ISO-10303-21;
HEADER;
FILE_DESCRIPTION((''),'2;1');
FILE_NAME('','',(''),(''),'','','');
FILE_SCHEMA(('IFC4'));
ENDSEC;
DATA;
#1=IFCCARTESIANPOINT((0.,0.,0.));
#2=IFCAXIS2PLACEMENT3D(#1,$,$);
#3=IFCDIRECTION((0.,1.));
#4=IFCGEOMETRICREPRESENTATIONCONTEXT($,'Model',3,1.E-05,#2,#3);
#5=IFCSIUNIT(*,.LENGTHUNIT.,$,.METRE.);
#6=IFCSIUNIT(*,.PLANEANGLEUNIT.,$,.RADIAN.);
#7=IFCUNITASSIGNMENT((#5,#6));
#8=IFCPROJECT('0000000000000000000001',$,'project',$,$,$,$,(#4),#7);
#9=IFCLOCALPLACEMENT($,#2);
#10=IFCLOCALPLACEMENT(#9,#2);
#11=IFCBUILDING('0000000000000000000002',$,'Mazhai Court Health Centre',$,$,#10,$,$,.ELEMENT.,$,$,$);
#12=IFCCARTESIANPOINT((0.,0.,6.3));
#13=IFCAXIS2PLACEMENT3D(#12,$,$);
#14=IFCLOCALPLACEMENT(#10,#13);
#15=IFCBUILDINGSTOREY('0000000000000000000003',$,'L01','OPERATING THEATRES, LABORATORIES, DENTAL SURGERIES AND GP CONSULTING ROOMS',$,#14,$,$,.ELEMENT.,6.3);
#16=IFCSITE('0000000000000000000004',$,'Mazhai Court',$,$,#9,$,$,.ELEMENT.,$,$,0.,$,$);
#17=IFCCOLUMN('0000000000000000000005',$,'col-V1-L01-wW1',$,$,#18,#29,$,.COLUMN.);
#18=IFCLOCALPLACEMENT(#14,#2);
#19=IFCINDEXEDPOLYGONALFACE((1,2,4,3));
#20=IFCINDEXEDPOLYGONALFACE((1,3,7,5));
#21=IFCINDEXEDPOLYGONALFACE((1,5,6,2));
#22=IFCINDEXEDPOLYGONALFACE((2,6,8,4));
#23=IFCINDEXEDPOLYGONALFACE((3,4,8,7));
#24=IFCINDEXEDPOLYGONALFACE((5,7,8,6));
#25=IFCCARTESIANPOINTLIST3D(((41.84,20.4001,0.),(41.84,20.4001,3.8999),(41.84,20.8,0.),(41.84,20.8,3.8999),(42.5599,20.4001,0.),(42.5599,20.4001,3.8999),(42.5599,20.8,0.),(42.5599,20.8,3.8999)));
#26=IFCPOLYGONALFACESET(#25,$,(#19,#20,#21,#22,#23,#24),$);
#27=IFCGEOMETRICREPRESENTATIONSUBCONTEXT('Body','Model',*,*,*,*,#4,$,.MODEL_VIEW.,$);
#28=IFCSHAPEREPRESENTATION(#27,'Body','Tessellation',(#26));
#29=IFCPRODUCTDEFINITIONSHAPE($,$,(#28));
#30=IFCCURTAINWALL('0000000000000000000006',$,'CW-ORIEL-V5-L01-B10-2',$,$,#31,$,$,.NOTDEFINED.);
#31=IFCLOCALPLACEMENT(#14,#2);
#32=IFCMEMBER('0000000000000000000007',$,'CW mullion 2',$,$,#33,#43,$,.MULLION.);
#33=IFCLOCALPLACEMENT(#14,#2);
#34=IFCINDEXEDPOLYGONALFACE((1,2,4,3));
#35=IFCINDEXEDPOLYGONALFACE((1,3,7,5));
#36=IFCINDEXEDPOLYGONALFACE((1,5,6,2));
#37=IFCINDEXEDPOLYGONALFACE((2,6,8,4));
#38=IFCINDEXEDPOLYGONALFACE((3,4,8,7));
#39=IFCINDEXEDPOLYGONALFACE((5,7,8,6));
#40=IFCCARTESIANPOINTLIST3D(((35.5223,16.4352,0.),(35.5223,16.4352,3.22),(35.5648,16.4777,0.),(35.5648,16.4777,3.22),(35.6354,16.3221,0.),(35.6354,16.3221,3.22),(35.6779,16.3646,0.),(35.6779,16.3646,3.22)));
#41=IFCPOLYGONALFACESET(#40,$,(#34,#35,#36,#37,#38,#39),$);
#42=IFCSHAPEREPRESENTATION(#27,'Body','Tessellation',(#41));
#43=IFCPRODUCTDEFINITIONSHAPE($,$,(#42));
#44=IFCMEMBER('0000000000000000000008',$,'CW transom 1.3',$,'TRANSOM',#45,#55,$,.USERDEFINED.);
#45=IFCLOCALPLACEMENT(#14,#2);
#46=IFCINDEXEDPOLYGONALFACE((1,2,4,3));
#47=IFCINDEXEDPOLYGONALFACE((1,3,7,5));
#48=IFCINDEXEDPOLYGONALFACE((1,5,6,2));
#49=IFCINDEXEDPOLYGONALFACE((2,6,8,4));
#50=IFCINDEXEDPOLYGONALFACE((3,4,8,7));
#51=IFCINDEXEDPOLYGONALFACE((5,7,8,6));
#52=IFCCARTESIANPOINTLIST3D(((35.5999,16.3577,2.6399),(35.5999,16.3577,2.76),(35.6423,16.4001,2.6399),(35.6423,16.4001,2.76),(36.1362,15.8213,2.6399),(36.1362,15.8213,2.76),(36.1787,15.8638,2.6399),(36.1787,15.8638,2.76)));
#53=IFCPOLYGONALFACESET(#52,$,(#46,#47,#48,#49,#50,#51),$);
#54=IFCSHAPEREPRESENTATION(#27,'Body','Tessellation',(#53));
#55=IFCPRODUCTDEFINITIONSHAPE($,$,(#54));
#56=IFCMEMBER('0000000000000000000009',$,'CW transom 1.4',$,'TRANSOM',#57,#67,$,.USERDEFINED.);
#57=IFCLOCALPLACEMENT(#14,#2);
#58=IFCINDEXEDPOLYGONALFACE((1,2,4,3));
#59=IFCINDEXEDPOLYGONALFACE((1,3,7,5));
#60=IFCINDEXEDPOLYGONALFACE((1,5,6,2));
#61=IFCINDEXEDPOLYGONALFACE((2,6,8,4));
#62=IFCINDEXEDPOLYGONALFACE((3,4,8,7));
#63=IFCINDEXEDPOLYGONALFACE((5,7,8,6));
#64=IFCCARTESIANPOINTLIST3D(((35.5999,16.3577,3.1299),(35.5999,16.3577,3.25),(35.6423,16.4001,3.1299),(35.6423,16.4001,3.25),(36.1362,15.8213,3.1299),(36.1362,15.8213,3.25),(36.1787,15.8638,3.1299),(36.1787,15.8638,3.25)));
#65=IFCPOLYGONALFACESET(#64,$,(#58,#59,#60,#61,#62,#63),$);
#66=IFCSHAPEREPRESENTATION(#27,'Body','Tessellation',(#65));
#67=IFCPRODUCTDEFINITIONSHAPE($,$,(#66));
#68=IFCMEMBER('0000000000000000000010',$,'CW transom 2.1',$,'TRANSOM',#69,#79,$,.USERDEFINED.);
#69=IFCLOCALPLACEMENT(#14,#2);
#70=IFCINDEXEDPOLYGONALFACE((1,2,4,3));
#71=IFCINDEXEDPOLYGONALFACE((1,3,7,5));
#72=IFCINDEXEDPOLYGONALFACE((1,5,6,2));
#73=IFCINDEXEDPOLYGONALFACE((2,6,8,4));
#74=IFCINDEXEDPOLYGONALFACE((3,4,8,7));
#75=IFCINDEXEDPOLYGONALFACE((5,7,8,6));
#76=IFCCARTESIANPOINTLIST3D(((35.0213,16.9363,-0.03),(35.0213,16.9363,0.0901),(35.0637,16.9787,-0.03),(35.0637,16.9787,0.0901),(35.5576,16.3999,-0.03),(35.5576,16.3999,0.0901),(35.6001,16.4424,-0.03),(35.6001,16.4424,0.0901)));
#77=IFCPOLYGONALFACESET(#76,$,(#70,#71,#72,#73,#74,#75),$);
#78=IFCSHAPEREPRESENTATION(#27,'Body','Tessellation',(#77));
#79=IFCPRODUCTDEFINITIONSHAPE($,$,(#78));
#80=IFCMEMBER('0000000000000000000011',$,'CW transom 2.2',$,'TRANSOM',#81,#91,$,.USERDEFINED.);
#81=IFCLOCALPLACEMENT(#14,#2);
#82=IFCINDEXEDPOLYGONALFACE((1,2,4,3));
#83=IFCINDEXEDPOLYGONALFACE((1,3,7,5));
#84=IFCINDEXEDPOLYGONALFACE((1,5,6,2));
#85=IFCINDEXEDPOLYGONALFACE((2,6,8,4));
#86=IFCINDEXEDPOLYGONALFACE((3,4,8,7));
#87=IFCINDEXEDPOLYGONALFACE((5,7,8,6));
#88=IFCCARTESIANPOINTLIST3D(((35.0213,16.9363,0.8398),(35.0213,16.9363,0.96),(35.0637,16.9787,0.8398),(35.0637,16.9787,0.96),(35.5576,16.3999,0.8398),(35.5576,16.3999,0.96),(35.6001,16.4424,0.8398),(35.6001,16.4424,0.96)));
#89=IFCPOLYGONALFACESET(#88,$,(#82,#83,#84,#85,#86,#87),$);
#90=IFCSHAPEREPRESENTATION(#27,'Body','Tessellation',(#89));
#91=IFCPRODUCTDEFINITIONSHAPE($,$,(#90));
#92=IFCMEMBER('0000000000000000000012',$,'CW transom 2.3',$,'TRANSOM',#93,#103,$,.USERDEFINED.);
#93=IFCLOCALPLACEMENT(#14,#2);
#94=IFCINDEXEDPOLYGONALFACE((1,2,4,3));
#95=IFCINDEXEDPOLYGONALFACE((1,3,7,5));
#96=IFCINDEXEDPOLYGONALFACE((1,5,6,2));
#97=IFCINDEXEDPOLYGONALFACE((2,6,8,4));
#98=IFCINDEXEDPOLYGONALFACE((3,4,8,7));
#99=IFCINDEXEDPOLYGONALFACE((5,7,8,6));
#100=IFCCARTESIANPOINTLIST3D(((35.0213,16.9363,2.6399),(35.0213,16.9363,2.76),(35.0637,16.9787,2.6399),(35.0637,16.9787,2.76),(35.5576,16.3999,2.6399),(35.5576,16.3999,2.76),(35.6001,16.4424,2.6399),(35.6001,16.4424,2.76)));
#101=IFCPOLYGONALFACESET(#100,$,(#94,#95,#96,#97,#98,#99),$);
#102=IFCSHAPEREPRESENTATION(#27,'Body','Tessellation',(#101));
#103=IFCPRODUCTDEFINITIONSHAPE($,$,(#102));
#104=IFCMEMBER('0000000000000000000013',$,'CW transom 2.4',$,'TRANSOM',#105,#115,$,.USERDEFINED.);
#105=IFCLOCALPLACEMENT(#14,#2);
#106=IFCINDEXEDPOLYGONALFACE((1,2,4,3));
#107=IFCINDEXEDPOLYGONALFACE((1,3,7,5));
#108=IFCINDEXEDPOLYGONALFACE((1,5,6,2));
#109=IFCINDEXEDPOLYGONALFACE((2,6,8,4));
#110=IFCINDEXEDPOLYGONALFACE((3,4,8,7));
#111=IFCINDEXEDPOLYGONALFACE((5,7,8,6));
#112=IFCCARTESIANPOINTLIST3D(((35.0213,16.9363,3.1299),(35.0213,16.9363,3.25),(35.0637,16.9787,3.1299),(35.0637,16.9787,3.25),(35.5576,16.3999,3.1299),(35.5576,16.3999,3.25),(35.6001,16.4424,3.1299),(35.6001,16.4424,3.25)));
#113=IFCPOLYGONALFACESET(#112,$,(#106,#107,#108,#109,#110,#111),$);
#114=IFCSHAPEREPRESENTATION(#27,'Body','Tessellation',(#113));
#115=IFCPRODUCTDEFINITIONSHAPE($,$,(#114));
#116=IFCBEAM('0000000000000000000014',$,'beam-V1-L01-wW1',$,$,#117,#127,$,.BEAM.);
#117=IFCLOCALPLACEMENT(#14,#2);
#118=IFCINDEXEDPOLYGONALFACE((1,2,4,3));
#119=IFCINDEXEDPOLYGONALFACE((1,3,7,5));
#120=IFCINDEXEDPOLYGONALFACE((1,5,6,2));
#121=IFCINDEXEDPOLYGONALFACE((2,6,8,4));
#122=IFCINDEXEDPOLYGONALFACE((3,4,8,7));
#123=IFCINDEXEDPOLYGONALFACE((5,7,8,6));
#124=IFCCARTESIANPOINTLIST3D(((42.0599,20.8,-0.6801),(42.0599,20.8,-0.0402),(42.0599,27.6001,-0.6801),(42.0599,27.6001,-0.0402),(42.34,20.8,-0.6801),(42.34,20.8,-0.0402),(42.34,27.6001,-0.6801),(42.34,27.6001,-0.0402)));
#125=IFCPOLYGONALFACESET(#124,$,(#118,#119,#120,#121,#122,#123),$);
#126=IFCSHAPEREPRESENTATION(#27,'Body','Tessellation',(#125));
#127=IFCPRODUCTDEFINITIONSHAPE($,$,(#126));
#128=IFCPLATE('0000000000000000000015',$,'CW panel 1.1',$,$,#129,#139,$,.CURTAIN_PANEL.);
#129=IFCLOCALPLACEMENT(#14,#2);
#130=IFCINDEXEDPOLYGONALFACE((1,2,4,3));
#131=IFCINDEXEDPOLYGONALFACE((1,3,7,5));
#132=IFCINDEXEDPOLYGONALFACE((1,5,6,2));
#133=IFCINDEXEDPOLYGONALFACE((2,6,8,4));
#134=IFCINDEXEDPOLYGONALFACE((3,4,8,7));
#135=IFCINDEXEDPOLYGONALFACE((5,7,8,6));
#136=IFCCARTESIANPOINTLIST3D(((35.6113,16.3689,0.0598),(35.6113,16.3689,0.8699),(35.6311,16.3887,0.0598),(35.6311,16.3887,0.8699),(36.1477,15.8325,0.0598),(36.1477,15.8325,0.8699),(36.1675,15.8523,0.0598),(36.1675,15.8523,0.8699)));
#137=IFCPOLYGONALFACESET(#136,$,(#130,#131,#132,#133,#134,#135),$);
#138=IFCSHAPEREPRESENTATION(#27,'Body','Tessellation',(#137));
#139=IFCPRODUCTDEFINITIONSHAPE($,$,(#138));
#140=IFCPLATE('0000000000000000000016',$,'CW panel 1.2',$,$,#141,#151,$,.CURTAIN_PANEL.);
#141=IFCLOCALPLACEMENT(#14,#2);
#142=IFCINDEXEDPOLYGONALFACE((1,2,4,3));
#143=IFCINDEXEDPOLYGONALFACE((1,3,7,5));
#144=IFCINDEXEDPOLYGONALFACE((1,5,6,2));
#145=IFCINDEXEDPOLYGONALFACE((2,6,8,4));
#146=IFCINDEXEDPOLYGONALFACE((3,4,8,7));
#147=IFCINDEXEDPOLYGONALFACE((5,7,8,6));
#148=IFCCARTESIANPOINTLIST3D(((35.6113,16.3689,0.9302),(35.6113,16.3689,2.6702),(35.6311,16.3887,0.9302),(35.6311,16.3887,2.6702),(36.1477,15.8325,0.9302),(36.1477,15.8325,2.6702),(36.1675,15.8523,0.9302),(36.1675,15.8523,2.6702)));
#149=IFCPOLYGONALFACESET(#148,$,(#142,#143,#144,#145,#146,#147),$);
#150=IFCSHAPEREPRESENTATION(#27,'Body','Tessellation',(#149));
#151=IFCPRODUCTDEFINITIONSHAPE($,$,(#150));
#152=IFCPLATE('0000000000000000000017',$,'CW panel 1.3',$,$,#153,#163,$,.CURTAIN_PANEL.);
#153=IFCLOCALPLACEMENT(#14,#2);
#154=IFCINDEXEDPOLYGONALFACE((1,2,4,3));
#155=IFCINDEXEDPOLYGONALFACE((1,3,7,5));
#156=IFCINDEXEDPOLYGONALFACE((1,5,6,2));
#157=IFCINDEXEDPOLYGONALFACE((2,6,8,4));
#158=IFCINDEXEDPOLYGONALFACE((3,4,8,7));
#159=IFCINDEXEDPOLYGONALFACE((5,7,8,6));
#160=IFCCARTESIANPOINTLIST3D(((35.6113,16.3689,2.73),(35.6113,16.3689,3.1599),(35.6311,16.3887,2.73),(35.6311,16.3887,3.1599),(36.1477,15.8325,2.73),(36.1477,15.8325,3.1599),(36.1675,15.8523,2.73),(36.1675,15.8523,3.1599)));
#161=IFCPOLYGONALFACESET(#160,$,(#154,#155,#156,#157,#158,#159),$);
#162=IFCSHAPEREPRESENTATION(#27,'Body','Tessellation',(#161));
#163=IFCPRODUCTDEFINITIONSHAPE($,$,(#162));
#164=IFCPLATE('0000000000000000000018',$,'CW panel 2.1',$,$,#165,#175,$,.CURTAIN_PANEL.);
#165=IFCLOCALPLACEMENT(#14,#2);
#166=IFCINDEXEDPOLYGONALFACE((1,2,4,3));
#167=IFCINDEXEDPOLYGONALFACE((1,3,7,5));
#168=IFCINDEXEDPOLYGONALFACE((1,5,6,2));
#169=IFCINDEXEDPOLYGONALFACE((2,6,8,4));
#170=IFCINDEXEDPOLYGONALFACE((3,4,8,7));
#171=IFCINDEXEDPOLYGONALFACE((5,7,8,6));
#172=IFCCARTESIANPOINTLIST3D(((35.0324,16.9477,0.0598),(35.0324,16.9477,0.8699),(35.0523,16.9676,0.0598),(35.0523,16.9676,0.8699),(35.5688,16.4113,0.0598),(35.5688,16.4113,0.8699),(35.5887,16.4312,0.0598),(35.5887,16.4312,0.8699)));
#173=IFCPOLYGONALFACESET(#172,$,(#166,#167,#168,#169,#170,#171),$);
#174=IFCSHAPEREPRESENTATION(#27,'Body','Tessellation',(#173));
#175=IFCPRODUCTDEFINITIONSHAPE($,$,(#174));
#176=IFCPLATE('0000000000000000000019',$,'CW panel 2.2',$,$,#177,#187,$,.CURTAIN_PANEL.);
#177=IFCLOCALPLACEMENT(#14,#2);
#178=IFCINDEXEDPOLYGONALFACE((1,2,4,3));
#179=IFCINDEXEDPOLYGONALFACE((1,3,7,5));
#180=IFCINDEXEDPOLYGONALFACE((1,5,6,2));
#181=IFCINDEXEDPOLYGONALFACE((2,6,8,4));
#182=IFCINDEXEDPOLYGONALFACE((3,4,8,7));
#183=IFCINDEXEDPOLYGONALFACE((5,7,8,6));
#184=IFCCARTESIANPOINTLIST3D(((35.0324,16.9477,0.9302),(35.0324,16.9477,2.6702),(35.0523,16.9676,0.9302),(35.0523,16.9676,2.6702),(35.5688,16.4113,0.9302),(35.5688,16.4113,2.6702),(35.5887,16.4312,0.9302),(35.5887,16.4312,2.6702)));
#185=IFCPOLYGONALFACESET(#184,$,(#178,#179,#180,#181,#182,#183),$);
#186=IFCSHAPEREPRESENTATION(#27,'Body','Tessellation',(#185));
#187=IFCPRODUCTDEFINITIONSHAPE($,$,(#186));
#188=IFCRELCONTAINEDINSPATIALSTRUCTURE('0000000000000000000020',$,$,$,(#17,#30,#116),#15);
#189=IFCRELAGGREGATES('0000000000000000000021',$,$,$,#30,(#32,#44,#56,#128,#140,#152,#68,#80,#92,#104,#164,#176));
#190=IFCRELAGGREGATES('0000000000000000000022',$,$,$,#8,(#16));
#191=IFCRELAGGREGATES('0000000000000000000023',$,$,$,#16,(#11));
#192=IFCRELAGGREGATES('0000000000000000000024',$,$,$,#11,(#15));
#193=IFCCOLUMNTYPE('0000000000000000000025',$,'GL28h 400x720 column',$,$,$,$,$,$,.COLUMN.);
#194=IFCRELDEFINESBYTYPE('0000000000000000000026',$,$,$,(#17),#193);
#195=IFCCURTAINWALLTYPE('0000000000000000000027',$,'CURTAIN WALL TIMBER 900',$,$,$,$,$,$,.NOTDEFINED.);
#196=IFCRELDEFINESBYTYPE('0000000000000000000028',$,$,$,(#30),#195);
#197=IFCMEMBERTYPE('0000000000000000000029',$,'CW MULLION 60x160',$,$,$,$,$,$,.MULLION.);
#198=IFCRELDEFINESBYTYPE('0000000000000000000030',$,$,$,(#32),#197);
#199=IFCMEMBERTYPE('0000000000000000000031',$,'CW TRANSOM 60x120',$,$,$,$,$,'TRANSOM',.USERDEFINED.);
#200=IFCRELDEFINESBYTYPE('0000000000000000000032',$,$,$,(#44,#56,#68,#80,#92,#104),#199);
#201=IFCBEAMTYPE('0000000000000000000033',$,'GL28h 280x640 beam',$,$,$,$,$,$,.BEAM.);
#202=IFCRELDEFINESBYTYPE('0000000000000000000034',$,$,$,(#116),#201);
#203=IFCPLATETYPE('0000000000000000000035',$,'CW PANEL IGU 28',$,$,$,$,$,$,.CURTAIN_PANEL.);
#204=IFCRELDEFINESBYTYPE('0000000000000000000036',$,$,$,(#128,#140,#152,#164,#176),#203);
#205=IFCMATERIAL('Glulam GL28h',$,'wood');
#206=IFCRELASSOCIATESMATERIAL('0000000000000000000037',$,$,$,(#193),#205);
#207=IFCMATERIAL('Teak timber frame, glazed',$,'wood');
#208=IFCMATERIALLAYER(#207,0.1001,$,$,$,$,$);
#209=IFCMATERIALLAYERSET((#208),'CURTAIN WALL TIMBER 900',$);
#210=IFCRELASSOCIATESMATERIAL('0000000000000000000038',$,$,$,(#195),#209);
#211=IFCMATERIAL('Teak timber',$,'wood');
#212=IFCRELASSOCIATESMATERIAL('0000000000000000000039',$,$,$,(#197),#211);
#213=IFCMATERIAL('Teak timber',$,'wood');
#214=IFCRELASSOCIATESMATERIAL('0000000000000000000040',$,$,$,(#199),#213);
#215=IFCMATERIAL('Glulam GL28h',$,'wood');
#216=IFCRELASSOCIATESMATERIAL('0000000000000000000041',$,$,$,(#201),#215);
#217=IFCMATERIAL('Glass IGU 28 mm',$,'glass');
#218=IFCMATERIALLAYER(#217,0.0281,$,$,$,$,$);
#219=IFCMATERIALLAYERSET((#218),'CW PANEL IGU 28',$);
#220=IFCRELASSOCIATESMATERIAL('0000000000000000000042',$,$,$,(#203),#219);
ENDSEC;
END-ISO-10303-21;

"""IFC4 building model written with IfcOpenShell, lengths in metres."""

from ifc_helpers import new_model, si_unit, direction, frame, origin, origin_2d, place, context, subcontext, project, spatial, rectangle, extrude, material, layer, layer_set, material_profile, profile_set, type_object, element, aggregate, save


model = new_model("IFC4")

# Units and contexts
model_context = context("Model", 3, precision=1e-05, world=origin(), true_north=direction((0.0, 1.0)))
body_context = subcontext(model_context, "Body", "Model", "MODEL_VIEW")
ifc_project = project(units=[si_unit("LENGTHUNIT", "METRE"), si_unit("PLANEANGLEUNIT", "RADIAN")], contexts=[model_context])

# Site, building, storey
site_placement = place(None, origin())
site = spatial("IfcSite", under=ifc_project, at=site_placement, Name="Mazhai Court", CompositionType="ELEMENT", RefElevation=0.0)
building_placement = place(site_placement, origin())
building = spatial("IfcBuilding", under=site, at=building_placement, Name="Mazhai Court Health Centre", CompositionType="ELEMENT")
storey_placement = place(building_placement, frame((0.0, 0.0, 6.3)))
storey = spatial("IfcBuildingStorey", under=building, at=storey_placement, Name="L01", Description="OPERATING THEATRES, LABORATORIES, DENTAL SURGERIES AND GP CONSULTING ROOMS", CompositionType="ELEMENT", Elevation=6.3)

# Column
ifc_material_1 = material(Name="Glulam GL28h", Category="wood")
ifc_material_profile_1 = material_profile(ifc_material_1, rectangle(XDim=0.3999, YDim=0.72, at=origin_2d()), Name="GL28h 400x720")
ifc_profile_set_1 = profile_set([ifc_material_profile_1], Name="Glulam GL28h")
column_type = type_object("IfcColumnType", Name="GL28h 400x720 column", PredefinedType="COLUMN", material=ifc_profile_set_1)
column_placement = place(storey_placement, frame((42.2, 20.6001, 0.0), z_axis=(0.0, 0.0, 1.0), x_axis=(0.0, 1.0, 0.0)))
element("IfcColumn", 1, at=column_placement, inside=storey, type_object=column_type, Name="col-V1-L01-wW1", PredefinedType="COLUMN", context=body_context, shape_type="SweptSolid", body=[
    extrude(rectangle(XDim=0.3999, YDim=0.72, at=origin_2d()), origin(), (0.0, 0.0, 1.0), 3.8999),
])

# Curtain wall, members
ifc_material_2 = material(Name="Teak timber frame, glazed", Category="wood")
ifc_layer_1 = layer(ifc_material_2, 0.1001)
ifc_layer_set_1 = layer_set([ifc_layer_1], Name="CURTAIN WALL TIMBER 900")
curtain_wall_type_1 = type_object("IfcCurtainWallType", Name="CURTAIN WALL TIMBER 900", PredefinedType="NOTDEFINED", material=ifc_layer_set_1)
curtain_wall_1_placement = place(storey_placement, origin())
curtain_wall_1 = element("IfcCurtainWall", 2, at=curtain_wall_1_placement, inside=storey, type_object=curtain_wall_type_1, Name="CW-ORIEL-V5-L01-B10-2", PredefinedType="NOTDEFINED")
ifc_material_3 = material(Name="Teak timber", Category="wood")
ifc_material_profile_2 = material_profile(ifc_material_3, rectangle(XDim=0.0601, YDim=0.1599, at=origin_2d()), Name="CW MULLION 60x160")
ifc_profile_set_2 = profile_set([ifc_material_profile_2], Name="Teak timber")
member_type_1 = type_object("IfcMemberType", Name="CW MULLION 60x160", PredefinedType="MULLION", material=ifc_profile_set_2)
member_1_placement = place(storey_placement, frame((35.6001, 16.3999, 0.0), z_axis=(0.0, 0.0, 1.0), x_axis=(-0.707107, -0.707107, 0.0)))
member_1 = element("IfcMember", 3, at=member_1_placement, type_object=member_type_1, Name="CW mullion 2", PredefinedType="MULLION", context=body_context, shape_type="SweptSolid", body=[
    extrude(rectangle(XDim=0.0601, YDim=0.1599, at=origin_2d()), origin(), (0.0, 0.0, 1.0), 3.22),
])
ifc_material_4 = material(Name="Teak timber", Category="wood")
ifc_material_profile_3 = material_profile(ifc_material_4, rectangle(XDim=0.0601, YDim=0.1201, at=origin_2d()), Name="CW TRANSOM 60x120")
ifc_profile_set_3 = profile_set([ifc_material_profile_3], Name="Teak timber")
member_type_2 = type_object("IfcMemberType", Name="CW TRANSOM 60x120", ElementType="TRANSOM", PredefinedType="USERDEFINED", material=ifc_profile_set_3)
member_2_placement = place(storey_placement, frame((36.1575, 15.8425, 2.7), z_axis=(-0.707107, 0.707107, 0.0), x_axis=(-0.707107, -0.707107, 0.0)))
member_2 = element("IfcMember", 4, at=member_2_placement, type_object=member_type_2, Name="CW transom 1.3", ObjectType="TRANSOM", PredefinedType="USERDEFINED", context=body_context, shape_type="SweptSolid", body=[
    extrude(rectangle(XDim=0.0601, YDim=0.1201, at=origin_2d()), origin(), (0.0, 0.0, 1.0), 0.7585),
])
member_3_placement = place(storey_placement, frame((36.1575, 15.8425, 3.1899), z_axis=(-0.707107, 0.707107, 0.0), x_axis=(-0.707107, -0.707107, 0.0)))
member_3 = element("IfcMember", 5, at=member_3_placement, type_object=member_type_2, Name="CW transom 1.4", ObjectType="TRANSOM", PredefinedType="USERDEFINED", context=body_context, shape_type="SweptSolid", body=[
    extrude(rectangle(XDim=0.0601, YDim=0.1201, at=origin_2d()), origin(), (0.0, 0.0, 1.0), 0.7585),
])
member_4_placement = place(storey_placement, frame((35.5789, 16.4211, 0.03), z_axis=(-0.707107, 0.707107, 0.0), x_axis=(-0.707107, -0.707107, 0.0)))
member_4 = element("IfcMember", 6, at=member_4_placement, type_object=member_type_2, Name="CW transom 2.1", ObjectType="TRANSOM", PredefinedType="USERDEFINED", context=body_context, shape_type="SweptSolid", body=[
    extrude(rectangle(XDim=0.0601, YDim=0.1201, at=origin_2d()), origin(), (0.0, 0.0, 1.0), 0.7585),
])
member_5_placement = place(storey_placement, frame((35.5789, 16.4211, 0.8999), z_axis=(-0.707107, 0.707107, 0.0), x_axis=(-0.707107, -0.707107, 0.0)))
member_5 = element("IfcMember", 7, at=member_5_placement, type_object=member_type_2, Name="CW transom 2.2", ObjectType="TRANSOM", PredefinedType="USERDEFINED", context=body_context, shape_type="SweptSolid", body=[
    extrude(rectangle(XDim=0.0601, YDim=0.1201, at=origin_2d()), origin(), (0.0, 0.0, 1.0), 0.7585),
])
member_6_placement = place(storey_placement, frame((35.5789, 16.4211, 2.7), z_axis=(-0.707107, 0.707107, 0.0), x_axis=(-0.707107, -0.707107, 0.0)))
member_6 = element("IfcMember", 8, at=member_6_placement, type_object=member_type_2, Name="CW transom 2.3", ObjectType="TRANSOM", PredefinedType="USERDEFINED", context=body_context, shape_type="SweptSolid", body=[
    extrude(rectangle(XDim=0.0601, YDim=0.1201, at=origin_2d()), origin(), (0.0, 0.0, 1.0), 0.7585),
])
member_7_placement = place(storey_placement, frame((35.5789, 16.4211, 3.1899), z_axis=(-0.707107, 0.707107, 0.0), x_axis=(-0.707107, -0.707107, 0.0)))
member_7 = element("IfcMember", 9, at=member_7_placement, type_object=member_type_2, Name="CW transom 2.4", ObjectType="TRANSOM", PredefinedType="USERDEFINED", context=body_context, shape_type="SweptSolid", body=[
    extrude(rectangle(XDim=0.0601, YDim=0.1201, at=origin_2d()), origin(), (0.0, 0.0, 1.0), 0.7585),
])

# Beam
ifc_material_5 = material(Name="Glulam GL28h", Category="wood")
ifc_material_profile_4 = material_profile(ifc_material_5, rectangle(XDim=0.28, YDim=0.6399, at=origin_2d()), Name="GL28h 280x640")
ifc_profile_set_4 = profile_set([ifc_material_profile_4], Name="Glulam GL28h")
beam_type = type_object("IfcBeamType", Name="GL28h 280x640 beam", PredefinedType="BEAM", material=ifc_profile_set_4)
beam_placement = place(storey_placement, frame((42.2, 20.8, -0.3601), z_axis=(0.0, 1.0, 0.0), x_axis=(-1.0, 0.0, 0.0)))
element("IfcBeam", 10, at=beam_placement, inside=storey, type_object=beam_type, Name="beam-V1-L01-wW1", PredefinedType="BEAM", context=body_context, shape_type="SweptSolid", body=[
    extrude(rectangle(XDim=0.28, YDim=0.6399, at=origin_2d()), origin(), (0.0, 0.0, 1.0), 6.8),
])

# Plates
ifc_material_6 = material(Name="Glass IGU 28 mm", Category="glass")
ifc_layer_2 = layer(ifc_material_6, 0.0281)
ifc_layer_set_2 = layer_set([ifc_layer_2], Name="CW PANEL IGU 28")
plate_type = type_object("IfcPlateType", Name="CW PANEL IGU 28", PredefinedType="CURTAIN_PANEL", material=ifc_layer_set_2)
plate_1_placement = place(storey_placement, frame((35.8894, 16.1106, 0.0598), z_axis=(0.0, 0.0, 1.0), x_axis=(-0.707107, 0.707107, 0.0)))
plate_1 = element("IfcPlate", 11, at=plate_1_placement, type_object=plate_type, Name="CW panel 1.1", PredefinedType="CURTAIN_PANEL", context=body_context, shape_type="SweptSolid", body=[
    extrude(rectangle(XDim=0.7585, YDim=0.0281, at=origin_2d()), origin(), (0.0, 0.0, 1.0), 0.8101),
])
plate_2_placement = place(storey_placement, frame((35.8894, 16.1106, 0.9302), z_axis=(0.0, 0.0, 1.0), x_axis=(-0.707107, 0.707107, 0.0)))
plate_2 = element("IfcPlate", 12, at=plate_2_placement, type_object=plate_type, Name="CW panel 1.2", PredefinedType="CURTAIN_PANEL", context=body_context, shape_type="SweptSolid", body=[
    extrude(rectangle(XDim=0.7585, YDim=0.0281, at=origin_2d()), origin(), (0.0, 0.0, 1.0), 1.74),
])
plate_3_placement = place(storey_placement, frame((35.8894, 16.1106, 2.73), z_axis=(0.0, 0.0, 1.0), x_axis=(-0.707107, 0.707107, 0.0)))
plate_3 = element("IfcPlate", 13, at=plate_3_placement, type_object=plate_type, Name="CW panel 1.3", PredefinedType="CURTAIN_PANEL", context=body_context, shape_type="SweptSolid", body=[
    extrude(rectangle(XDim=0.7585, YDim=0.0281, at=origin_2d()), origin(), (0.0, 0.0, 1.0), 0.4299),
])
plate_4_placement = place(storey_placement, frame((35.3105, 16.6895, 0.0598), z_axis=(0.0, 0.0, 1.0), x_axis=(-0.707107, 0.707107, 0.0)))
plate_4 = element("IfcPlate", 14, at=plate_4_placement, type_object=plate_type, Name="CW panel 2.1", PredefinedType="CURTAIN_PANEL", context=body_context, shape_type="SweptSolid", body=[
    extrude(rectangle(XDim=0.7585, YDim=0.0281, at=origin_2d()), origin(), (0.0, 0.0, 1.0), 0.8101),
])
plate_5_placement = place(storey_placement, frame((35.3105, 16.6895, 0.9302), z_axis=(0.0, 0.0, 1.0), x_axis=(-0.707107, 0.707107, 0.0)))
plate_5 = element("IfcPlate", 15, at=plate_5_placement, type_object=plate_type, Name="CW panel 2.2", PredefinedType="CURTAIN_PANEL", context=body_context, shape_type="SweptSolid", body=[
    extrude(rectangle(XDim=0.7585, YDim=0.0281, at=origin_2d()), origin(), (0.0, 0.0, 1.0), 1.74),
])
aggregate(curtain_wall_1, [member_1, member_2, member_3, plate_1, plate_2, plate_3, member_4, member_5, member_6, member_7, plate_4, plate_5])

save(model, "model.ifc")
